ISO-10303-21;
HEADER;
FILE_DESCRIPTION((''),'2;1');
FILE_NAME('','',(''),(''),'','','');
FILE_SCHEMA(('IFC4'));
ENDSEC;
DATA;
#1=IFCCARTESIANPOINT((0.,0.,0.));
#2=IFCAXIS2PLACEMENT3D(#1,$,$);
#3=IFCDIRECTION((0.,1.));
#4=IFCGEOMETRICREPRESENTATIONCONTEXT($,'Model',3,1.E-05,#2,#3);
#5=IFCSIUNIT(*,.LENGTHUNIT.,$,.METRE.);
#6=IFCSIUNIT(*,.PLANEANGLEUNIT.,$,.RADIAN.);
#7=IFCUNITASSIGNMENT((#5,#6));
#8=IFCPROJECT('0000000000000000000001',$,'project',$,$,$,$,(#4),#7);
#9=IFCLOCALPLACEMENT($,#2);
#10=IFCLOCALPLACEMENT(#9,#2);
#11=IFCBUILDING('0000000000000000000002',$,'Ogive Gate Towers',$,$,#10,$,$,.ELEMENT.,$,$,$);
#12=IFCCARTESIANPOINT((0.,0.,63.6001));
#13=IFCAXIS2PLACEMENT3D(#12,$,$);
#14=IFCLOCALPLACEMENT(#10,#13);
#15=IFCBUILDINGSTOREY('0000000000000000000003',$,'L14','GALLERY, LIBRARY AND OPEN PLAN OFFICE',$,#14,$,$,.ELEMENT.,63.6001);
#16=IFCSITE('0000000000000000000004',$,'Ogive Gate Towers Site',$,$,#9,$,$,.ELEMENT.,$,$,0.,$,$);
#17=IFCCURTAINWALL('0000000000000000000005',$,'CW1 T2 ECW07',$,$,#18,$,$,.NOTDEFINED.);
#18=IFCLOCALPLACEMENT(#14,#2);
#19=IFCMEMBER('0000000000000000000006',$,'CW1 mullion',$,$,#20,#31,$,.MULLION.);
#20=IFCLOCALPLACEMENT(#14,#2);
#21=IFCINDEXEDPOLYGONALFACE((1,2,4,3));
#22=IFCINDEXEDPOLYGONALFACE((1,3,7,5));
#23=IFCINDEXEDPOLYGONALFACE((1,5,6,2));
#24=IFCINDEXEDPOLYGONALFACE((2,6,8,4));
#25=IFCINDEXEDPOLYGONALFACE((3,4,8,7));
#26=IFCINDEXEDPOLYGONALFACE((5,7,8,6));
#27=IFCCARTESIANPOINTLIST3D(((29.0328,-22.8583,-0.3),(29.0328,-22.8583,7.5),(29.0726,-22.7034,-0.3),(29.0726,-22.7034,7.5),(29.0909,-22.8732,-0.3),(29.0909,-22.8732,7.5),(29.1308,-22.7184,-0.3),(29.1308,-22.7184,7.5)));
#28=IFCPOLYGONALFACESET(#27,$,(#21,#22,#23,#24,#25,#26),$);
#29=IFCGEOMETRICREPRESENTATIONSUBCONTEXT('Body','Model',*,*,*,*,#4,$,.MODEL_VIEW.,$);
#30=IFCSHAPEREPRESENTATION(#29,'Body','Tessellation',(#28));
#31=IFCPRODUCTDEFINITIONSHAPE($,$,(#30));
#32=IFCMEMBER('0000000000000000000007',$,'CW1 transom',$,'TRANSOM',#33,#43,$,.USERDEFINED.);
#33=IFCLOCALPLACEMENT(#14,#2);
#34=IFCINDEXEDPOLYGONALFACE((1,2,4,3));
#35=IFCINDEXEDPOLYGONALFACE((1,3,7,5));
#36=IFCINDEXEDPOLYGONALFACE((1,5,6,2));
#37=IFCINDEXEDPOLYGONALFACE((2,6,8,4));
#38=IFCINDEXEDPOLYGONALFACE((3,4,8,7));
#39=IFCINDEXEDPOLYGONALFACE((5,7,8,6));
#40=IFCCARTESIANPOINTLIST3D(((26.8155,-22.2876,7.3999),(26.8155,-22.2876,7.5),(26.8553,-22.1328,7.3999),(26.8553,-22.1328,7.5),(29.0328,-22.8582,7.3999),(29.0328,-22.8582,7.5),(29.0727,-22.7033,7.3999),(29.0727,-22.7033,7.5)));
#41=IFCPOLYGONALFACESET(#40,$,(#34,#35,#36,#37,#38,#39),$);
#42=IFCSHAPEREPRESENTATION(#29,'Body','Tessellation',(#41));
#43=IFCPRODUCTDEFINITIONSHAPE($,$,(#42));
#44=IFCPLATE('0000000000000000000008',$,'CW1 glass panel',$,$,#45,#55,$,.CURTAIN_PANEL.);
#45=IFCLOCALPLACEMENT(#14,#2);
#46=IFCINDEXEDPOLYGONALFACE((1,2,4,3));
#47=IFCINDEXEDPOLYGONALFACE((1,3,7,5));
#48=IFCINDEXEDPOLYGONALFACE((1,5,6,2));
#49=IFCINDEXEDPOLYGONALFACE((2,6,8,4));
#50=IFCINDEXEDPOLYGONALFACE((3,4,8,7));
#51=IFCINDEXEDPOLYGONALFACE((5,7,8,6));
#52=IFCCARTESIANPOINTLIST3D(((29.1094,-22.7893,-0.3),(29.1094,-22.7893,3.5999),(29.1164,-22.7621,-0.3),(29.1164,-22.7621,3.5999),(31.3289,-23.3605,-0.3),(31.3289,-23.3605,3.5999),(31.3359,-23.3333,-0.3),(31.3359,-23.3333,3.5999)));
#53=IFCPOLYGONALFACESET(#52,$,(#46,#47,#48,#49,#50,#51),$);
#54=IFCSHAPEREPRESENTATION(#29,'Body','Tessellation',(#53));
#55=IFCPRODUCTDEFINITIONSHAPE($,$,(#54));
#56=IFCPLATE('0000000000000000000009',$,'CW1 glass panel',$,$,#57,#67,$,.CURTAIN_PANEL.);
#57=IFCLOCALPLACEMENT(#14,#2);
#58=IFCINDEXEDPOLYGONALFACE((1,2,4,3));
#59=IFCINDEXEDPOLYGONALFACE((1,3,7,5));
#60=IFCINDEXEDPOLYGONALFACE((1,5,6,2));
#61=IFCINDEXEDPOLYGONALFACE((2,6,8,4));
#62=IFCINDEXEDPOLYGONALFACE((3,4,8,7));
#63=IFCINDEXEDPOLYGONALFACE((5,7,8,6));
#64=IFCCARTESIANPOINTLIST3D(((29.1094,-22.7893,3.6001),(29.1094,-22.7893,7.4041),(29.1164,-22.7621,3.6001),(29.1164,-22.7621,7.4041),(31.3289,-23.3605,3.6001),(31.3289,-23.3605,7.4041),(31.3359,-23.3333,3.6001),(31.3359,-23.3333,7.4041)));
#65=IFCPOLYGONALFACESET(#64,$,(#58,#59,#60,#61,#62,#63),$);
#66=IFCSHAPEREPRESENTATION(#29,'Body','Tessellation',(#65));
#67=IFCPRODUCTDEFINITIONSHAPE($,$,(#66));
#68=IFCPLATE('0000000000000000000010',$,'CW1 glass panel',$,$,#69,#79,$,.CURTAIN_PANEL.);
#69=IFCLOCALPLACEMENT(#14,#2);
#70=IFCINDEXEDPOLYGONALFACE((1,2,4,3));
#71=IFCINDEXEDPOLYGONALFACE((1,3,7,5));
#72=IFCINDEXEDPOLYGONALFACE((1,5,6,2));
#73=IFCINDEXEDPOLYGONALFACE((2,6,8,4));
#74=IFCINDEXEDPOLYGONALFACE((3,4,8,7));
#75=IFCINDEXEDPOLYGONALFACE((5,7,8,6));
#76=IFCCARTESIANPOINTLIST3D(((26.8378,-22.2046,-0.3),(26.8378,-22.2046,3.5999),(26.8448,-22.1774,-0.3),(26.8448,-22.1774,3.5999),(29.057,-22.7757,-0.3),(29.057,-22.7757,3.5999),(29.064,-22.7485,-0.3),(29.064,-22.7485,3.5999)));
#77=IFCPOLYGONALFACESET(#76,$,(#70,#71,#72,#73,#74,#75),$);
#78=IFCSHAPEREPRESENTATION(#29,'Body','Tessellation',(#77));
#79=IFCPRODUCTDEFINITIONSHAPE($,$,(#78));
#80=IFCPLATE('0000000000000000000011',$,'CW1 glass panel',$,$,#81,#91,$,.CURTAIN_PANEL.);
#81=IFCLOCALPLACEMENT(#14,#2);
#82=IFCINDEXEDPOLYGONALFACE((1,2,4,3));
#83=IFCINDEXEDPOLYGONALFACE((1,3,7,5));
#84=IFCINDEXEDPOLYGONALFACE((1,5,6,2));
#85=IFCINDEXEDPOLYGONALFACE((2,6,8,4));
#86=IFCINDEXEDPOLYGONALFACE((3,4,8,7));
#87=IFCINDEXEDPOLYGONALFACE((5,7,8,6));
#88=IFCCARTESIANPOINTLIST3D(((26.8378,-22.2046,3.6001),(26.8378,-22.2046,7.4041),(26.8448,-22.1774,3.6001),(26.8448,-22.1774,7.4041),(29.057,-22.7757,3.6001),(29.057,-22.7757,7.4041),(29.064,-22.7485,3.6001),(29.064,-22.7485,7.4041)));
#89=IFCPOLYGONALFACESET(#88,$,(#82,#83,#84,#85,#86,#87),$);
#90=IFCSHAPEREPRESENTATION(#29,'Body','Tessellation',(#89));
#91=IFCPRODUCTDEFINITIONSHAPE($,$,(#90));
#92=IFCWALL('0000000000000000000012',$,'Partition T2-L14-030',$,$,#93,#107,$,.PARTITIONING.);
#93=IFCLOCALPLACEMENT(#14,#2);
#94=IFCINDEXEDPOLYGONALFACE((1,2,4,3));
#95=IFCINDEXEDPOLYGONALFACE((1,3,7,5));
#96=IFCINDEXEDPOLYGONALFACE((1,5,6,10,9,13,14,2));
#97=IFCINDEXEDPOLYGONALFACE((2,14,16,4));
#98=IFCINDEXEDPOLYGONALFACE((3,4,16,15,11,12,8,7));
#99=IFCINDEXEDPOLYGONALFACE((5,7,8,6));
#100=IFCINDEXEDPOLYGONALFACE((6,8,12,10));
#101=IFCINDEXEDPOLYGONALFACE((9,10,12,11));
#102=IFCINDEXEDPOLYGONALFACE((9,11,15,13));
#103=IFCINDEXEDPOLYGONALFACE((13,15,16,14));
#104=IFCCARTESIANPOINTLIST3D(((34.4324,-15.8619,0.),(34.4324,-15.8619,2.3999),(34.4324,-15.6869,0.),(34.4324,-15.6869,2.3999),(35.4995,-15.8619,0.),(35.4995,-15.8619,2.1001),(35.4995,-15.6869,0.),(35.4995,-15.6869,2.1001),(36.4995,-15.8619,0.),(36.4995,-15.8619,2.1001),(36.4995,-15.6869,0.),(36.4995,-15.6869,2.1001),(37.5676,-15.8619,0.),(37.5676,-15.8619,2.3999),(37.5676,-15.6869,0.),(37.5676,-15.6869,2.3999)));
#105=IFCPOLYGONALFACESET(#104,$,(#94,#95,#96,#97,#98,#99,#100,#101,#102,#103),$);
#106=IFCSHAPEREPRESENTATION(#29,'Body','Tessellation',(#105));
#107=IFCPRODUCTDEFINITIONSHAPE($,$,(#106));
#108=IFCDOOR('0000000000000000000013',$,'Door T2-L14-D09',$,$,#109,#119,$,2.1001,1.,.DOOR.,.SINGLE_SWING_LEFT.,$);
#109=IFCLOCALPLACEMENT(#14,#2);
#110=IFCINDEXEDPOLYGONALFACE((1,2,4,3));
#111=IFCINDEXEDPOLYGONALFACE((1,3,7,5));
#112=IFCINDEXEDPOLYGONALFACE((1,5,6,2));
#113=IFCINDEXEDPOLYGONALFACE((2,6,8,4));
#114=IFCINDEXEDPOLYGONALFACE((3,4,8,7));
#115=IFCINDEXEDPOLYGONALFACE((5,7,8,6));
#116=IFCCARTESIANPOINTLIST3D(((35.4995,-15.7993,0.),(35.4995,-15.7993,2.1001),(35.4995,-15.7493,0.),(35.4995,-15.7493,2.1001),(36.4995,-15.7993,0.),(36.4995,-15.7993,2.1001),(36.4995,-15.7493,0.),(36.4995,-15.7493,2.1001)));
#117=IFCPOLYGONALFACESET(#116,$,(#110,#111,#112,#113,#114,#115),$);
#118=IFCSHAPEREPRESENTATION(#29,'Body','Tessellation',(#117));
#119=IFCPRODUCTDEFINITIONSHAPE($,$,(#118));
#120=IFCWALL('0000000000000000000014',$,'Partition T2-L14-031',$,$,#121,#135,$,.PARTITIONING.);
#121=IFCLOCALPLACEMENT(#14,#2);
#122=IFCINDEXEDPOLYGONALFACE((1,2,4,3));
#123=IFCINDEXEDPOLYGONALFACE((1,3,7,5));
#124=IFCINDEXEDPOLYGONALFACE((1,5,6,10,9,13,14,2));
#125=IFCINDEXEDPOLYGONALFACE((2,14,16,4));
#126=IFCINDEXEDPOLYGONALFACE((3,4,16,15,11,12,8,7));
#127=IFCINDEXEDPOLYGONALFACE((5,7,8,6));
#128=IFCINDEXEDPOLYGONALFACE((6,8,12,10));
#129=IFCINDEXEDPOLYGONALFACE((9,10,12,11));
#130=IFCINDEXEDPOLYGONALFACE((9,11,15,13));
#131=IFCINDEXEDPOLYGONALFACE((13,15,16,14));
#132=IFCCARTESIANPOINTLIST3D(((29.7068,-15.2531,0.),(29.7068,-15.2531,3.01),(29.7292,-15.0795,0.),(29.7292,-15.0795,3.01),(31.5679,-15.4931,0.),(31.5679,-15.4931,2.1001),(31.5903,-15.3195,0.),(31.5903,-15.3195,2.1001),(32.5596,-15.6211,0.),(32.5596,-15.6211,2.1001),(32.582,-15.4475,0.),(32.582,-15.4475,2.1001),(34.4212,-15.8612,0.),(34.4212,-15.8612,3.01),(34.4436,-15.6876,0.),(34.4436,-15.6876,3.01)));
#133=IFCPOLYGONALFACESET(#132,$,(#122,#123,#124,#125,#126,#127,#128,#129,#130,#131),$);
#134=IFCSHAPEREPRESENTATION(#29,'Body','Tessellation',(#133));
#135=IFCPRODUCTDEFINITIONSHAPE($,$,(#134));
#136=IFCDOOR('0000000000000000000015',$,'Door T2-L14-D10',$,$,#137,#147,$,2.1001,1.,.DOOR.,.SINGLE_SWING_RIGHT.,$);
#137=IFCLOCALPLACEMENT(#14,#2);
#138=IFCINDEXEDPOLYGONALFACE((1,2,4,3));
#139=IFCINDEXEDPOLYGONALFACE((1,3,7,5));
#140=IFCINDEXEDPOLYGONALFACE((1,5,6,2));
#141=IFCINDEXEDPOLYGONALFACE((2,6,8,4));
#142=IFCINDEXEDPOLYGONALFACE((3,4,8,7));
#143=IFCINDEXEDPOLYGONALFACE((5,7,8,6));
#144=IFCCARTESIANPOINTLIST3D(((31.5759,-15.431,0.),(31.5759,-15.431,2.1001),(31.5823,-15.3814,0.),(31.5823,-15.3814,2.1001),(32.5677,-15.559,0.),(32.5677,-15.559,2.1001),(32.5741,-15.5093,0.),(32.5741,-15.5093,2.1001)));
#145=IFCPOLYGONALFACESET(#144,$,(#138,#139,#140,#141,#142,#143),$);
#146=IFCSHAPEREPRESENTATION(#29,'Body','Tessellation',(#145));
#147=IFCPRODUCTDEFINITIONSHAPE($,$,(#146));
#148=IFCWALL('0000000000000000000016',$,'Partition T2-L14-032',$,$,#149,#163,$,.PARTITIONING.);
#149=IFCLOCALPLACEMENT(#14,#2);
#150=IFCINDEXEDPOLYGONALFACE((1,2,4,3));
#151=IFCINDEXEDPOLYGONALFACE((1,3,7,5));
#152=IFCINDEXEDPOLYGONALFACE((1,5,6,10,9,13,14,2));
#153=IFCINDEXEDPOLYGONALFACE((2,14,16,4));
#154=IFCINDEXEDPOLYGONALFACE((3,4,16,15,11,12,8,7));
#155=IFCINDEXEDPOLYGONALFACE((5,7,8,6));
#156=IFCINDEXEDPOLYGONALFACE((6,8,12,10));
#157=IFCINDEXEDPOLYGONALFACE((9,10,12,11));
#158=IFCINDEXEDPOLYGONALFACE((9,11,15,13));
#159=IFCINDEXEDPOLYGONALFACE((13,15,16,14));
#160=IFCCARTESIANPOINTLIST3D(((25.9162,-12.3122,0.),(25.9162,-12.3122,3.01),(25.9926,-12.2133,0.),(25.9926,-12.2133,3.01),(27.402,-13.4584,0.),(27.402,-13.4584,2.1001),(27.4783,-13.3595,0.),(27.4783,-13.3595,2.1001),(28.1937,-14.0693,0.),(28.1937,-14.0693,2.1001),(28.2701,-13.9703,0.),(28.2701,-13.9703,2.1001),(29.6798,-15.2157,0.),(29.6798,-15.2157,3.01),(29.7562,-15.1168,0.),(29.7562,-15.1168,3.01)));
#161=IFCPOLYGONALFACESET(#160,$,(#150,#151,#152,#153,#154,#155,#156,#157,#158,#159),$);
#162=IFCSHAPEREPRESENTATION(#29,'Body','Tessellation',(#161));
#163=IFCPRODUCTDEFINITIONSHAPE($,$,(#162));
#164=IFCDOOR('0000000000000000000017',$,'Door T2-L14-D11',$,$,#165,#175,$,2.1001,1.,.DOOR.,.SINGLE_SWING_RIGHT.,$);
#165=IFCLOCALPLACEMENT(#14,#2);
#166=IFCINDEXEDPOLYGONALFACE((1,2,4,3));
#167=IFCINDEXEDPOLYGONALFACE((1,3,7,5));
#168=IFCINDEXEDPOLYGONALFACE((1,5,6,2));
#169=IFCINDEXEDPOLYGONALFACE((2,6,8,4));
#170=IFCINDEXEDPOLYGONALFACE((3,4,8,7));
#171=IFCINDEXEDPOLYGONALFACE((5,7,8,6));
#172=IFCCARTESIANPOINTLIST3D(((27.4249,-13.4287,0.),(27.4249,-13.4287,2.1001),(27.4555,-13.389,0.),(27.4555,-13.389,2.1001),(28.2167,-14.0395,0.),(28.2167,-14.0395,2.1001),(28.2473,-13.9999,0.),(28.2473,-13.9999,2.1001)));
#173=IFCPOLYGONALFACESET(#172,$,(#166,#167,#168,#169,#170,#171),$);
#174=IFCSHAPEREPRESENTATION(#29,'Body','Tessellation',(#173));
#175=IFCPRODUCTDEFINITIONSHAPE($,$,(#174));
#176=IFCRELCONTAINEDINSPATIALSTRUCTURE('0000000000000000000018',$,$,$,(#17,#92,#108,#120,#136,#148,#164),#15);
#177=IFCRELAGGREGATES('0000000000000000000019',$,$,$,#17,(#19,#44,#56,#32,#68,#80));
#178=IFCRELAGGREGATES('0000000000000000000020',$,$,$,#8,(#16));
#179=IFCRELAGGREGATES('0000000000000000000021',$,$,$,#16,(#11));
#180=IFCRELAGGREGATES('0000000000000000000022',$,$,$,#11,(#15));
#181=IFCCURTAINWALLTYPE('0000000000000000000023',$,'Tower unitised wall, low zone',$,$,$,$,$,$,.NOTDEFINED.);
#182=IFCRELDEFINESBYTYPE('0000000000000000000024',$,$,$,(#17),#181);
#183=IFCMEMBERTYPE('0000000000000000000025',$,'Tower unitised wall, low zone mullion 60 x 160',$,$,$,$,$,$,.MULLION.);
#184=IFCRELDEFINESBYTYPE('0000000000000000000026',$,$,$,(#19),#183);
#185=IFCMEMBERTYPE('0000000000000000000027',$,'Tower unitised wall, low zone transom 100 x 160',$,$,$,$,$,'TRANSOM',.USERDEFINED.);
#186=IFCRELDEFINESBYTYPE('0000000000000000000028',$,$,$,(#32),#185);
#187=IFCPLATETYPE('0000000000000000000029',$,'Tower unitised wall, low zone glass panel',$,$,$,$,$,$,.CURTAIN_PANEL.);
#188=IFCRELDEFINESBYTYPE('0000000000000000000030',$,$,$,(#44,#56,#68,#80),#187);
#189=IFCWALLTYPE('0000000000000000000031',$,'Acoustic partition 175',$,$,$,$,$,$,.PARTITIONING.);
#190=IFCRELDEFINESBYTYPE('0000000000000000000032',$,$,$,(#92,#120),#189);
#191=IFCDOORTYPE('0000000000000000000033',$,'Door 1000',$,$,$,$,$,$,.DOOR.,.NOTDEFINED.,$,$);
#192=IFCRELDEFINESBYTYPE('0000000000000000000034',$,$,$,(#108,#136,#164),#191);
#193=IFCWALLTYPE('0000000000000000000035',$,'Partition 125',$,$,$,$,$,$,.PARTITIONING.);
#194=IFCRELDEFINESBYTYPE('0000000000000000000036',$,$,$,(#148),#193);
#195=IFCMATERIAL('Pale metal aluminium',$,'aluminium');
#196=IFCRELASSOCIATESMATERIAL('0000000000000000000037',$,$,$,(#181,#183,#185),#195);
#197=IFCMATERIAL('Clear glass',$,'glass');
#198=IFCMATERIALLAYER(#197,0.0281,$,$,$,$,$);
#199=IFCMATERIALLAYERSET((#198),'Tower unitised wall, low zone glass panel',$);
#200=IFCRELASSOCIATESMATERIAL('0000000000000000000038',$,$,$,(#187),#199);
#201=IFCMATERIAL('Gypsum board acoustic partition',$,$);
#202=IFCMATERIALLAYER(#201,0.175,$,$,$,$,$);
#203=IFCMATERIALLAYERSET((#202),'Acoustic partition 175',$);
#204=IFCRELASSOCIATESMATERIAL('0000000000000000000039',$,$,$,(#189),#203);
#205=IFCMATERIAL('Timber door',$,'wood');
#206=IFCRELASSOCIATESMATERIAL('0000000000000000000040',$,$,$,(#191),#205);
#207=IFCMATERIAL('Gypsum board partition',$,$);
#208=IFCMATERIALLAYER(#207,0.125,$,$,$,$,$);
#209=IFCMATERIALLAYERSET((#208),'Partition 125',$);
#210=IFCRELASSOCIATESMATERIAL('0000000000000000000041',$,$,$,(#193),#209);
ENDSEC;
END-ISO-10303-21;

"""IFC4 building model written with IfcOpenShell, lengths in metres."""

from ifc_helpers import new_model, si_unit, direction, frame, frame_2d, origin, origin_2d, place, context, subcontext, project, spatial, rectangle, extrude, material, layer, layer_set, material_profile, profile_set, type_object, element, fill, aggregate, save


model = new_model("IFC4")

# Units and contexts
model_context = context("Model", 3, precision=1e-05, world=origin(), true_north=direction((0.0, 1.0)))
body_context = subcontext(model_context, "Body", "Model", "MODEL_VIEW")
ifc_project = project(units=[si_unit("LENGTHUNIT", "METRE"), si_unit("PLANEANGLEUNIT", "RADIAN")], contexts=[model_context])

# Site, building, storey
site_placement = place(None, origin())
site = spatial("IfcSite", under=ifc_project, at=site_placement, Name="Ogive Gate Towers Site", CompositionType="ELEMENT", RefElevation=0.0)
building_placement = place(site_placement, origin())
building = spatial("IfcBuilding", under=site, at=building_placement, Name="Ogive Gate Towers", CompositionType="ELEMENT")
storey_placement = place(building_placement, frame((0.0, 0.0, 63.6001)))
storey = spatial("IfcBuildingStorey", under=building, at=storey_placement, Name="L14", Description="GALLERY, LIBRARY AND OPEN PLAN OFFICE", CompositionType="ELEMENT", Elevation=63.6001)

# Curtain wall, members, plates
ifc_material_1 = material(Name="Pale metal aluminium", Category="aluminium")
curtain_wall_type = type_object("IfcCurtainWallType", Name="Tower unitised wall, low zone", PredefinedType="NOTDEFINED", material=ifc_material_1)
curtain_wall_placement = place(storey_placement, origin())
curtain_wall = element("IfcCurtainWall", 1, at=curtain_wall_placement, inside=storey, type_object=curtain_wall_type, Name="CW1 T2 ECW07", PredefinedType="NOTDEFINED")
ifc_material_profile_1 = material_profile(ifc_material_1, rectangle(XDim=0.1599, YDim=0.0601, at=origin_2d()), Name="60 x 160 aluminium box")
ifc_profile_set_1 = profile_set([ifc_material_profile_1], Name="Pale metal aluminium")
member_type_1 = type_object("IfcMemberType", Name="Tower unitised wall, low zone mullion 60 x 160", PredefinedType="MULLION", material=ifc_profile_set_1)
member_1_placement = place(storey_placement, frame((29.0818, -22.7883, -0.3), z_axis=(0.0, 0.0, 1.0), x_axis=(0.249248, 0.96844, 0.0)))
member_1 = element("IfcMember", 2, at=member_1_placement, type_object=member_type_1, Name="CW1 mullion", PredefinedType="MULLION", context=body_context, shape_type="SweptSolid", body=[
    extrude(rectangle(XDim=0.1599, YDim=0.0601, at=origin_2d()), origin(), (0.0, 0.0, 1.0), 7.8),
])
ifc_material_profile_2 = material_profile(ifc_material_1, rectangle(XDim=0.1599, YDim=0.1001, at=origin_2d()), Name="100 x 160 aluminium box")
ifc_profile_set_2 = profile_set([ifc_material_profile_2], Name="Pale metal aluminium")
member_type_2 = type_object("IfcMemberType", Name="Tower unitised wall, low zone transom 100 x 160", ElementType="TRANSOM", PredefinedType="USERDEFINED", material=ifc_profile_set_2)
member_2_placement = place(storey_placement, frame((29.0527, -22.7808, 7.45), z_axis=(-0.968451, 0.249204, 0.0), x_axis=(-0.249204, -0.968451, 0.0)))
member_2 = element("IfcMember", 3, at=member_2_placement, type_object=member_type_2, Name="CW1 transom", ObjectType="TRANSOM", PredefinedType="USERDEFINED", context=body_context, shape_type="SweptSolid", body=[
    extrude(rectangle(XDim=0.1599, YDim=0.1001, at=origin_2d()), origin(), (0.0, 0.0, 1.0), 2.2896),
])
ifc_material_2 = material(Name="Clear glass", Category="glass")
ifc_layer_1 = layer(ifc_material_2, 0.0281)
ifc_layer_set_1 = layer_set([ifc_layer_1], Name="Tower unitised wall, low zone glass panel")
plate_type = type_object("IfcPlateType", Name="Tower unitised wall, low zone glass panel", PredefinedType="CURTAIN_PANEL", material=ifc_layer_set_1)
plate_1_placement = place(storey_placement, frame((30.2227, -23.0613, -0.3), z_axis=(0.0, 0.0, 1.0), x_axis=(-0.96844, 0.249248, 0.0)))
plate_1 = element("IfcPlate", 4, at=plate_1_placement, type_object=plate_type, Name="CW1 glass panel", PredefinedType="CURTAIN_PANEL", context=body_context, shape_type="SweptSolid", body=[
    extrude(rectangle(XDim=2.2917, YDim=0.0281, at=origin_2d()), origin(), (0.0, 0.0, 1.0), 3.8999),
])
plate_2_placement = place(storey_placement, frame((30.2227, -23.0613, 3.6001), z_axis=(0.0, 0.0, 1.0), x_axis=(-0.96844, 0.249248, 0.0)))
plate_2 = element("IfcPlate", 5, at=plate_2_placement, type_object=plate_type, Name="CW1 glass panel", PredefinedType="CURTAIN_PANEL", context=body_context, shape_type="SweptSolid", body=[
    extrude(rectangle(XDim=2.2917, YDim=0.0281, at=origin_2d()), origin(), (0.0, 0.0, 1.0), 3.804),
])
plate_3_placement = place(storey_placement, frame((27.9509, -22.4766, -0.3), z_axis=(0.0, 0.0, 1.0), x_axis=(-0.96844, 0.249248, 0.0)))
plate_3 = element("IfcPlate", 6, at=plate_3_placement, type_object=plate_type, Name="CW1 glass panel", PredefinedType="CURTAIN_PANEL", context=body_context, shape_type="SweptSolid", body=[
    extrude(rectangle(XDim=2.2915, YDim=0.0281, at=origin_2d()), origin(), (0.0, 0.0, 1.0), 3.8999),
])
plate_4_placement = place(storey_placement, frame((27.9509, -22.4766, 3.6001), z_axis=(0.0, 0.0, 1.0), x_axis=(-0.96844, 0.249248, 0.0)))
plate_4 = element("IfcPlate", 7, at=plate_4_placement, type_object=plate_type, Name="CW1 glass panel", PredefinedType="CURTAIN_PANEL", context=body_context, shape_type="SweptSolid", body=[
    extrude(rectangle(XDim=2.2915, YDim=0.0281, at=origin_2d()), origin(), (0.0, 0.0, 1.0), 3.804),
])
aggregate(curtain_wall, [member_1, plate_1, plate_2, member_2, plate_3, plate_4])

# Walls, openings, doors
ifc_material_3 = material(Name="Gypsum board acoustic partition")
ifc_layer_2 = layer(ifc_material_3, 0.175)
ifc_layer_set_2 = layer_set([ifc_layer_2], Name="Acoustic partition 175")
wall_type_1 = type_object("IfcWallType", Name="Acoustic partition 175", PredefinedType="PARTITIONING", material=ifc_layer_set_2)
wall_1_placement = place(storey_placement, frame((37.5676, -15.7744, 0.0), z_axis=(0.0, 0.0, 1.0), x_axis=(-1.0, 0.0, 0.0)))
wall_1 = element("IfcWall", 8, at=wall_1_placement, inside=storey, type_object=wall_type_1, Name="Partition T2-L14-030", PredefinedType="PARTITIONING", context=body_context, shape_type="SweptSolid", body=[
    extrude(rectangle(XDim=3.1353, YDim=0.175, at=frame_2d((1.5676, 0.0))), origin(), (0.0, 0.0, 1.0), 2.3999),
])
opening_1_placement = place(wall_1_placement, frame((1.0681, 0.0, 0.0)))
opening_1 = element("IfcOpeningElement", 9, at=opening_1_placement, cuts=wall_1, PredefinedType="OPENING", context=body_context, shape_type="SweptSolid", body=[
    extrude(rectangle(XDim=1.0, YDim=2.1001, at=frame_2d((0.5, 1.05))), frame((0.0, 0.0977, 0.0), z_axis=(0.0, -1.0, 0.0), x_axis=(1.0, 0.0, 0.0)), (0.0, 0.0, 1.0), 0.1951),
])
ifc_material_4 = material(Name="Timber door", Category="wood")
door_type = type_object("IfcDoorType", Name="Door 1000", OperationType="NOTDEFINED", PredefinedType="DOOR", material=ifc_material_4)
door_1_placement = place(opening_1_placement, origin())
door_1 = element("IfcDoor", 10, at=door_1_placement, inside=storey, type_object=door_type, Name="Door T2-L14-D09", OperationType="SINGLE_SWING_LEFT", OverallHeight=2.1001, OverallWidth=1.0, PredefinedType="DOOR", context=body_context, shape_type="SweptSolid", body=[
    extrude(rectangle(XDim=1.0, YDim=2.1001, at=frame_2d((0.5, 1.05))), frame((0.0, 0.0249, 0.0), z_axis=(0.0, -1.0, 0.0), x_axis=(1.0, 0.0, 0.0)), (0.0, 0.0, 1.0), 0.05),
])
fill(opening_1, door_1)
wall_2_placement = place(storey_placement, frame((34.4324, -15.7744, 0.0), z_axis=(0.0, 0.0, 1.0), x_axis=(-0.991782, 0.12794, 0.0)))
wall_2 = element("IfcWall", 11, at=wall_2_placement, inside=storey, type_object=wall_type_1, Name="Partition T2-L14-031", PredefinedType="PARTITIONING", context=body_context, shape_type="SweptSolid", body=[
    extrude(rectangle(XDim=4.7534, YDim=0.175, at=frame_2d((2.3767, 0.0))), origin(), (0.0, 0.0, 1.0), 3.01),
])
opening_2_placement = place(wall_2_placement, frame((1.877, 0.0, 0.0)))
opening_2 = element("IfcOpeningElement", 12, at=opening_2_placement, cuts=wall_2, PredefinedType="OPENING", context=body_context, shape_type="SweptSolid", body=[
    extrude(rectangle(XDim=1.0, YDim=2.1001, at=frame_2d((0.5, 1.05))), frame((0.0, 0.0977, 0.0), z_axis=(0.0, -1.0, 0.0), x_axis=(1.0, 0.0, 0.0)), (0.0, 0.0, 1.0), 0.1951),
])
door_2_placement = place(opening_2_placement, origin())
door_2 = element("IfcDoor", 13, at=door_2_placement, inside=storey, type_object=door_type, Name="Door T2-L14-D10", OperationType="SINGLE_SWING_RIGHT", OverallHeight=2.1001, OverallWidth=1.0, PredefinedType="DOOR", context=body_context, shape_type="SweptSolid", body=[
    extrude(rectangle(XDim=1.0, YDim=2.1001, at=frame_2d((0.5, 1.05))), frame((0.0, 0.0249, 0.0), z_axis=(0.0, -1.0, 0.0), x_axis=(1.0, 0.0, 0.0)), (0.0, 0.0, 1.0), 0.05),
])
fill(opening_2, door_2)
ifc_material_5 = material(Name="Gypsum board partition")
ifc_layer_3 = layer(ifc_material_5, 0.125)
ifc_layer_set_3 = layer_set([ifc_layer_3], Name="Partition 125")
wall_type_2 = type_object("IfcWallType", Name="Partition 125", PredefinedType="PARTITIONING", material=ifc_layer_set_3)
wall_3_placement = place(storey_placement, frame((29.718, -15.1663, 0.0), z_axis=(0.0, 0.0, 1.0), x_axis=(-0.791766, 0.610825, 0.0)))
wall_3 = element("IfcWall", 14, at=wall_3_placement, inside=storey, type_object=wall_type_2, Name="Partition T2-L14-032", PredefinedType="PARTITIONING", context=body_context, shape_type="SweptSolid", body=[
    extrude(rectangle(XDim=4.7534, YDim=0.125, at=frame_2d((2.3767, 0.0))), origin(), (0.0, 0.0, 1.0), 3.01),
])
opening_3_placement = place(wall_3_placement, frame((1.877, 0.0, 0.0)))
opening_3 = element("IfcOpeningElement", 15, at=opening_3_placement, cuts=wall_3, PredefinedType="OPENING", context=body_context, shape_type="SweptSolid", body=[
    extrude(rectangle(XDim=1.0, YDim=2.1001, at=frame_2d((0.5, 1.05))), frame((0.0, 0.0725, 0.0), z_axis=(0.0, -1.0, 0.0), x_axis=(1.0, 0.0, 0.0)), (0.0, 0.0, 1.0), 0.145),
])
door_3_placement = place(opening_3_placement, origin())
door_3 = element("IfcDoor", 16, at=door_3_placement, inside=storey, type_object=door_type, Name="Door T2-L14-D11", OperationType="SINGLE_SWING_RIGHT", OverallHeight=2.1001, OverallWidth=1.0, PredefinedType="DOOR", context=body_context, shape_type="SweptSolid", body=[
    extrude(rectangle(XDim=1.0, YDim=2.1001, at=frame_2d((0.5, 1.05))), frame((0.0, 0.0249, 0.0), z_axis=(0.0, -1.0, 0.0), x_axis=(1.0, 0.0, 0.0)), (0.0, 0.0, 1.0), 0.05),
])
fill(opening_3, door_3)

save(model, "model.ifc")
